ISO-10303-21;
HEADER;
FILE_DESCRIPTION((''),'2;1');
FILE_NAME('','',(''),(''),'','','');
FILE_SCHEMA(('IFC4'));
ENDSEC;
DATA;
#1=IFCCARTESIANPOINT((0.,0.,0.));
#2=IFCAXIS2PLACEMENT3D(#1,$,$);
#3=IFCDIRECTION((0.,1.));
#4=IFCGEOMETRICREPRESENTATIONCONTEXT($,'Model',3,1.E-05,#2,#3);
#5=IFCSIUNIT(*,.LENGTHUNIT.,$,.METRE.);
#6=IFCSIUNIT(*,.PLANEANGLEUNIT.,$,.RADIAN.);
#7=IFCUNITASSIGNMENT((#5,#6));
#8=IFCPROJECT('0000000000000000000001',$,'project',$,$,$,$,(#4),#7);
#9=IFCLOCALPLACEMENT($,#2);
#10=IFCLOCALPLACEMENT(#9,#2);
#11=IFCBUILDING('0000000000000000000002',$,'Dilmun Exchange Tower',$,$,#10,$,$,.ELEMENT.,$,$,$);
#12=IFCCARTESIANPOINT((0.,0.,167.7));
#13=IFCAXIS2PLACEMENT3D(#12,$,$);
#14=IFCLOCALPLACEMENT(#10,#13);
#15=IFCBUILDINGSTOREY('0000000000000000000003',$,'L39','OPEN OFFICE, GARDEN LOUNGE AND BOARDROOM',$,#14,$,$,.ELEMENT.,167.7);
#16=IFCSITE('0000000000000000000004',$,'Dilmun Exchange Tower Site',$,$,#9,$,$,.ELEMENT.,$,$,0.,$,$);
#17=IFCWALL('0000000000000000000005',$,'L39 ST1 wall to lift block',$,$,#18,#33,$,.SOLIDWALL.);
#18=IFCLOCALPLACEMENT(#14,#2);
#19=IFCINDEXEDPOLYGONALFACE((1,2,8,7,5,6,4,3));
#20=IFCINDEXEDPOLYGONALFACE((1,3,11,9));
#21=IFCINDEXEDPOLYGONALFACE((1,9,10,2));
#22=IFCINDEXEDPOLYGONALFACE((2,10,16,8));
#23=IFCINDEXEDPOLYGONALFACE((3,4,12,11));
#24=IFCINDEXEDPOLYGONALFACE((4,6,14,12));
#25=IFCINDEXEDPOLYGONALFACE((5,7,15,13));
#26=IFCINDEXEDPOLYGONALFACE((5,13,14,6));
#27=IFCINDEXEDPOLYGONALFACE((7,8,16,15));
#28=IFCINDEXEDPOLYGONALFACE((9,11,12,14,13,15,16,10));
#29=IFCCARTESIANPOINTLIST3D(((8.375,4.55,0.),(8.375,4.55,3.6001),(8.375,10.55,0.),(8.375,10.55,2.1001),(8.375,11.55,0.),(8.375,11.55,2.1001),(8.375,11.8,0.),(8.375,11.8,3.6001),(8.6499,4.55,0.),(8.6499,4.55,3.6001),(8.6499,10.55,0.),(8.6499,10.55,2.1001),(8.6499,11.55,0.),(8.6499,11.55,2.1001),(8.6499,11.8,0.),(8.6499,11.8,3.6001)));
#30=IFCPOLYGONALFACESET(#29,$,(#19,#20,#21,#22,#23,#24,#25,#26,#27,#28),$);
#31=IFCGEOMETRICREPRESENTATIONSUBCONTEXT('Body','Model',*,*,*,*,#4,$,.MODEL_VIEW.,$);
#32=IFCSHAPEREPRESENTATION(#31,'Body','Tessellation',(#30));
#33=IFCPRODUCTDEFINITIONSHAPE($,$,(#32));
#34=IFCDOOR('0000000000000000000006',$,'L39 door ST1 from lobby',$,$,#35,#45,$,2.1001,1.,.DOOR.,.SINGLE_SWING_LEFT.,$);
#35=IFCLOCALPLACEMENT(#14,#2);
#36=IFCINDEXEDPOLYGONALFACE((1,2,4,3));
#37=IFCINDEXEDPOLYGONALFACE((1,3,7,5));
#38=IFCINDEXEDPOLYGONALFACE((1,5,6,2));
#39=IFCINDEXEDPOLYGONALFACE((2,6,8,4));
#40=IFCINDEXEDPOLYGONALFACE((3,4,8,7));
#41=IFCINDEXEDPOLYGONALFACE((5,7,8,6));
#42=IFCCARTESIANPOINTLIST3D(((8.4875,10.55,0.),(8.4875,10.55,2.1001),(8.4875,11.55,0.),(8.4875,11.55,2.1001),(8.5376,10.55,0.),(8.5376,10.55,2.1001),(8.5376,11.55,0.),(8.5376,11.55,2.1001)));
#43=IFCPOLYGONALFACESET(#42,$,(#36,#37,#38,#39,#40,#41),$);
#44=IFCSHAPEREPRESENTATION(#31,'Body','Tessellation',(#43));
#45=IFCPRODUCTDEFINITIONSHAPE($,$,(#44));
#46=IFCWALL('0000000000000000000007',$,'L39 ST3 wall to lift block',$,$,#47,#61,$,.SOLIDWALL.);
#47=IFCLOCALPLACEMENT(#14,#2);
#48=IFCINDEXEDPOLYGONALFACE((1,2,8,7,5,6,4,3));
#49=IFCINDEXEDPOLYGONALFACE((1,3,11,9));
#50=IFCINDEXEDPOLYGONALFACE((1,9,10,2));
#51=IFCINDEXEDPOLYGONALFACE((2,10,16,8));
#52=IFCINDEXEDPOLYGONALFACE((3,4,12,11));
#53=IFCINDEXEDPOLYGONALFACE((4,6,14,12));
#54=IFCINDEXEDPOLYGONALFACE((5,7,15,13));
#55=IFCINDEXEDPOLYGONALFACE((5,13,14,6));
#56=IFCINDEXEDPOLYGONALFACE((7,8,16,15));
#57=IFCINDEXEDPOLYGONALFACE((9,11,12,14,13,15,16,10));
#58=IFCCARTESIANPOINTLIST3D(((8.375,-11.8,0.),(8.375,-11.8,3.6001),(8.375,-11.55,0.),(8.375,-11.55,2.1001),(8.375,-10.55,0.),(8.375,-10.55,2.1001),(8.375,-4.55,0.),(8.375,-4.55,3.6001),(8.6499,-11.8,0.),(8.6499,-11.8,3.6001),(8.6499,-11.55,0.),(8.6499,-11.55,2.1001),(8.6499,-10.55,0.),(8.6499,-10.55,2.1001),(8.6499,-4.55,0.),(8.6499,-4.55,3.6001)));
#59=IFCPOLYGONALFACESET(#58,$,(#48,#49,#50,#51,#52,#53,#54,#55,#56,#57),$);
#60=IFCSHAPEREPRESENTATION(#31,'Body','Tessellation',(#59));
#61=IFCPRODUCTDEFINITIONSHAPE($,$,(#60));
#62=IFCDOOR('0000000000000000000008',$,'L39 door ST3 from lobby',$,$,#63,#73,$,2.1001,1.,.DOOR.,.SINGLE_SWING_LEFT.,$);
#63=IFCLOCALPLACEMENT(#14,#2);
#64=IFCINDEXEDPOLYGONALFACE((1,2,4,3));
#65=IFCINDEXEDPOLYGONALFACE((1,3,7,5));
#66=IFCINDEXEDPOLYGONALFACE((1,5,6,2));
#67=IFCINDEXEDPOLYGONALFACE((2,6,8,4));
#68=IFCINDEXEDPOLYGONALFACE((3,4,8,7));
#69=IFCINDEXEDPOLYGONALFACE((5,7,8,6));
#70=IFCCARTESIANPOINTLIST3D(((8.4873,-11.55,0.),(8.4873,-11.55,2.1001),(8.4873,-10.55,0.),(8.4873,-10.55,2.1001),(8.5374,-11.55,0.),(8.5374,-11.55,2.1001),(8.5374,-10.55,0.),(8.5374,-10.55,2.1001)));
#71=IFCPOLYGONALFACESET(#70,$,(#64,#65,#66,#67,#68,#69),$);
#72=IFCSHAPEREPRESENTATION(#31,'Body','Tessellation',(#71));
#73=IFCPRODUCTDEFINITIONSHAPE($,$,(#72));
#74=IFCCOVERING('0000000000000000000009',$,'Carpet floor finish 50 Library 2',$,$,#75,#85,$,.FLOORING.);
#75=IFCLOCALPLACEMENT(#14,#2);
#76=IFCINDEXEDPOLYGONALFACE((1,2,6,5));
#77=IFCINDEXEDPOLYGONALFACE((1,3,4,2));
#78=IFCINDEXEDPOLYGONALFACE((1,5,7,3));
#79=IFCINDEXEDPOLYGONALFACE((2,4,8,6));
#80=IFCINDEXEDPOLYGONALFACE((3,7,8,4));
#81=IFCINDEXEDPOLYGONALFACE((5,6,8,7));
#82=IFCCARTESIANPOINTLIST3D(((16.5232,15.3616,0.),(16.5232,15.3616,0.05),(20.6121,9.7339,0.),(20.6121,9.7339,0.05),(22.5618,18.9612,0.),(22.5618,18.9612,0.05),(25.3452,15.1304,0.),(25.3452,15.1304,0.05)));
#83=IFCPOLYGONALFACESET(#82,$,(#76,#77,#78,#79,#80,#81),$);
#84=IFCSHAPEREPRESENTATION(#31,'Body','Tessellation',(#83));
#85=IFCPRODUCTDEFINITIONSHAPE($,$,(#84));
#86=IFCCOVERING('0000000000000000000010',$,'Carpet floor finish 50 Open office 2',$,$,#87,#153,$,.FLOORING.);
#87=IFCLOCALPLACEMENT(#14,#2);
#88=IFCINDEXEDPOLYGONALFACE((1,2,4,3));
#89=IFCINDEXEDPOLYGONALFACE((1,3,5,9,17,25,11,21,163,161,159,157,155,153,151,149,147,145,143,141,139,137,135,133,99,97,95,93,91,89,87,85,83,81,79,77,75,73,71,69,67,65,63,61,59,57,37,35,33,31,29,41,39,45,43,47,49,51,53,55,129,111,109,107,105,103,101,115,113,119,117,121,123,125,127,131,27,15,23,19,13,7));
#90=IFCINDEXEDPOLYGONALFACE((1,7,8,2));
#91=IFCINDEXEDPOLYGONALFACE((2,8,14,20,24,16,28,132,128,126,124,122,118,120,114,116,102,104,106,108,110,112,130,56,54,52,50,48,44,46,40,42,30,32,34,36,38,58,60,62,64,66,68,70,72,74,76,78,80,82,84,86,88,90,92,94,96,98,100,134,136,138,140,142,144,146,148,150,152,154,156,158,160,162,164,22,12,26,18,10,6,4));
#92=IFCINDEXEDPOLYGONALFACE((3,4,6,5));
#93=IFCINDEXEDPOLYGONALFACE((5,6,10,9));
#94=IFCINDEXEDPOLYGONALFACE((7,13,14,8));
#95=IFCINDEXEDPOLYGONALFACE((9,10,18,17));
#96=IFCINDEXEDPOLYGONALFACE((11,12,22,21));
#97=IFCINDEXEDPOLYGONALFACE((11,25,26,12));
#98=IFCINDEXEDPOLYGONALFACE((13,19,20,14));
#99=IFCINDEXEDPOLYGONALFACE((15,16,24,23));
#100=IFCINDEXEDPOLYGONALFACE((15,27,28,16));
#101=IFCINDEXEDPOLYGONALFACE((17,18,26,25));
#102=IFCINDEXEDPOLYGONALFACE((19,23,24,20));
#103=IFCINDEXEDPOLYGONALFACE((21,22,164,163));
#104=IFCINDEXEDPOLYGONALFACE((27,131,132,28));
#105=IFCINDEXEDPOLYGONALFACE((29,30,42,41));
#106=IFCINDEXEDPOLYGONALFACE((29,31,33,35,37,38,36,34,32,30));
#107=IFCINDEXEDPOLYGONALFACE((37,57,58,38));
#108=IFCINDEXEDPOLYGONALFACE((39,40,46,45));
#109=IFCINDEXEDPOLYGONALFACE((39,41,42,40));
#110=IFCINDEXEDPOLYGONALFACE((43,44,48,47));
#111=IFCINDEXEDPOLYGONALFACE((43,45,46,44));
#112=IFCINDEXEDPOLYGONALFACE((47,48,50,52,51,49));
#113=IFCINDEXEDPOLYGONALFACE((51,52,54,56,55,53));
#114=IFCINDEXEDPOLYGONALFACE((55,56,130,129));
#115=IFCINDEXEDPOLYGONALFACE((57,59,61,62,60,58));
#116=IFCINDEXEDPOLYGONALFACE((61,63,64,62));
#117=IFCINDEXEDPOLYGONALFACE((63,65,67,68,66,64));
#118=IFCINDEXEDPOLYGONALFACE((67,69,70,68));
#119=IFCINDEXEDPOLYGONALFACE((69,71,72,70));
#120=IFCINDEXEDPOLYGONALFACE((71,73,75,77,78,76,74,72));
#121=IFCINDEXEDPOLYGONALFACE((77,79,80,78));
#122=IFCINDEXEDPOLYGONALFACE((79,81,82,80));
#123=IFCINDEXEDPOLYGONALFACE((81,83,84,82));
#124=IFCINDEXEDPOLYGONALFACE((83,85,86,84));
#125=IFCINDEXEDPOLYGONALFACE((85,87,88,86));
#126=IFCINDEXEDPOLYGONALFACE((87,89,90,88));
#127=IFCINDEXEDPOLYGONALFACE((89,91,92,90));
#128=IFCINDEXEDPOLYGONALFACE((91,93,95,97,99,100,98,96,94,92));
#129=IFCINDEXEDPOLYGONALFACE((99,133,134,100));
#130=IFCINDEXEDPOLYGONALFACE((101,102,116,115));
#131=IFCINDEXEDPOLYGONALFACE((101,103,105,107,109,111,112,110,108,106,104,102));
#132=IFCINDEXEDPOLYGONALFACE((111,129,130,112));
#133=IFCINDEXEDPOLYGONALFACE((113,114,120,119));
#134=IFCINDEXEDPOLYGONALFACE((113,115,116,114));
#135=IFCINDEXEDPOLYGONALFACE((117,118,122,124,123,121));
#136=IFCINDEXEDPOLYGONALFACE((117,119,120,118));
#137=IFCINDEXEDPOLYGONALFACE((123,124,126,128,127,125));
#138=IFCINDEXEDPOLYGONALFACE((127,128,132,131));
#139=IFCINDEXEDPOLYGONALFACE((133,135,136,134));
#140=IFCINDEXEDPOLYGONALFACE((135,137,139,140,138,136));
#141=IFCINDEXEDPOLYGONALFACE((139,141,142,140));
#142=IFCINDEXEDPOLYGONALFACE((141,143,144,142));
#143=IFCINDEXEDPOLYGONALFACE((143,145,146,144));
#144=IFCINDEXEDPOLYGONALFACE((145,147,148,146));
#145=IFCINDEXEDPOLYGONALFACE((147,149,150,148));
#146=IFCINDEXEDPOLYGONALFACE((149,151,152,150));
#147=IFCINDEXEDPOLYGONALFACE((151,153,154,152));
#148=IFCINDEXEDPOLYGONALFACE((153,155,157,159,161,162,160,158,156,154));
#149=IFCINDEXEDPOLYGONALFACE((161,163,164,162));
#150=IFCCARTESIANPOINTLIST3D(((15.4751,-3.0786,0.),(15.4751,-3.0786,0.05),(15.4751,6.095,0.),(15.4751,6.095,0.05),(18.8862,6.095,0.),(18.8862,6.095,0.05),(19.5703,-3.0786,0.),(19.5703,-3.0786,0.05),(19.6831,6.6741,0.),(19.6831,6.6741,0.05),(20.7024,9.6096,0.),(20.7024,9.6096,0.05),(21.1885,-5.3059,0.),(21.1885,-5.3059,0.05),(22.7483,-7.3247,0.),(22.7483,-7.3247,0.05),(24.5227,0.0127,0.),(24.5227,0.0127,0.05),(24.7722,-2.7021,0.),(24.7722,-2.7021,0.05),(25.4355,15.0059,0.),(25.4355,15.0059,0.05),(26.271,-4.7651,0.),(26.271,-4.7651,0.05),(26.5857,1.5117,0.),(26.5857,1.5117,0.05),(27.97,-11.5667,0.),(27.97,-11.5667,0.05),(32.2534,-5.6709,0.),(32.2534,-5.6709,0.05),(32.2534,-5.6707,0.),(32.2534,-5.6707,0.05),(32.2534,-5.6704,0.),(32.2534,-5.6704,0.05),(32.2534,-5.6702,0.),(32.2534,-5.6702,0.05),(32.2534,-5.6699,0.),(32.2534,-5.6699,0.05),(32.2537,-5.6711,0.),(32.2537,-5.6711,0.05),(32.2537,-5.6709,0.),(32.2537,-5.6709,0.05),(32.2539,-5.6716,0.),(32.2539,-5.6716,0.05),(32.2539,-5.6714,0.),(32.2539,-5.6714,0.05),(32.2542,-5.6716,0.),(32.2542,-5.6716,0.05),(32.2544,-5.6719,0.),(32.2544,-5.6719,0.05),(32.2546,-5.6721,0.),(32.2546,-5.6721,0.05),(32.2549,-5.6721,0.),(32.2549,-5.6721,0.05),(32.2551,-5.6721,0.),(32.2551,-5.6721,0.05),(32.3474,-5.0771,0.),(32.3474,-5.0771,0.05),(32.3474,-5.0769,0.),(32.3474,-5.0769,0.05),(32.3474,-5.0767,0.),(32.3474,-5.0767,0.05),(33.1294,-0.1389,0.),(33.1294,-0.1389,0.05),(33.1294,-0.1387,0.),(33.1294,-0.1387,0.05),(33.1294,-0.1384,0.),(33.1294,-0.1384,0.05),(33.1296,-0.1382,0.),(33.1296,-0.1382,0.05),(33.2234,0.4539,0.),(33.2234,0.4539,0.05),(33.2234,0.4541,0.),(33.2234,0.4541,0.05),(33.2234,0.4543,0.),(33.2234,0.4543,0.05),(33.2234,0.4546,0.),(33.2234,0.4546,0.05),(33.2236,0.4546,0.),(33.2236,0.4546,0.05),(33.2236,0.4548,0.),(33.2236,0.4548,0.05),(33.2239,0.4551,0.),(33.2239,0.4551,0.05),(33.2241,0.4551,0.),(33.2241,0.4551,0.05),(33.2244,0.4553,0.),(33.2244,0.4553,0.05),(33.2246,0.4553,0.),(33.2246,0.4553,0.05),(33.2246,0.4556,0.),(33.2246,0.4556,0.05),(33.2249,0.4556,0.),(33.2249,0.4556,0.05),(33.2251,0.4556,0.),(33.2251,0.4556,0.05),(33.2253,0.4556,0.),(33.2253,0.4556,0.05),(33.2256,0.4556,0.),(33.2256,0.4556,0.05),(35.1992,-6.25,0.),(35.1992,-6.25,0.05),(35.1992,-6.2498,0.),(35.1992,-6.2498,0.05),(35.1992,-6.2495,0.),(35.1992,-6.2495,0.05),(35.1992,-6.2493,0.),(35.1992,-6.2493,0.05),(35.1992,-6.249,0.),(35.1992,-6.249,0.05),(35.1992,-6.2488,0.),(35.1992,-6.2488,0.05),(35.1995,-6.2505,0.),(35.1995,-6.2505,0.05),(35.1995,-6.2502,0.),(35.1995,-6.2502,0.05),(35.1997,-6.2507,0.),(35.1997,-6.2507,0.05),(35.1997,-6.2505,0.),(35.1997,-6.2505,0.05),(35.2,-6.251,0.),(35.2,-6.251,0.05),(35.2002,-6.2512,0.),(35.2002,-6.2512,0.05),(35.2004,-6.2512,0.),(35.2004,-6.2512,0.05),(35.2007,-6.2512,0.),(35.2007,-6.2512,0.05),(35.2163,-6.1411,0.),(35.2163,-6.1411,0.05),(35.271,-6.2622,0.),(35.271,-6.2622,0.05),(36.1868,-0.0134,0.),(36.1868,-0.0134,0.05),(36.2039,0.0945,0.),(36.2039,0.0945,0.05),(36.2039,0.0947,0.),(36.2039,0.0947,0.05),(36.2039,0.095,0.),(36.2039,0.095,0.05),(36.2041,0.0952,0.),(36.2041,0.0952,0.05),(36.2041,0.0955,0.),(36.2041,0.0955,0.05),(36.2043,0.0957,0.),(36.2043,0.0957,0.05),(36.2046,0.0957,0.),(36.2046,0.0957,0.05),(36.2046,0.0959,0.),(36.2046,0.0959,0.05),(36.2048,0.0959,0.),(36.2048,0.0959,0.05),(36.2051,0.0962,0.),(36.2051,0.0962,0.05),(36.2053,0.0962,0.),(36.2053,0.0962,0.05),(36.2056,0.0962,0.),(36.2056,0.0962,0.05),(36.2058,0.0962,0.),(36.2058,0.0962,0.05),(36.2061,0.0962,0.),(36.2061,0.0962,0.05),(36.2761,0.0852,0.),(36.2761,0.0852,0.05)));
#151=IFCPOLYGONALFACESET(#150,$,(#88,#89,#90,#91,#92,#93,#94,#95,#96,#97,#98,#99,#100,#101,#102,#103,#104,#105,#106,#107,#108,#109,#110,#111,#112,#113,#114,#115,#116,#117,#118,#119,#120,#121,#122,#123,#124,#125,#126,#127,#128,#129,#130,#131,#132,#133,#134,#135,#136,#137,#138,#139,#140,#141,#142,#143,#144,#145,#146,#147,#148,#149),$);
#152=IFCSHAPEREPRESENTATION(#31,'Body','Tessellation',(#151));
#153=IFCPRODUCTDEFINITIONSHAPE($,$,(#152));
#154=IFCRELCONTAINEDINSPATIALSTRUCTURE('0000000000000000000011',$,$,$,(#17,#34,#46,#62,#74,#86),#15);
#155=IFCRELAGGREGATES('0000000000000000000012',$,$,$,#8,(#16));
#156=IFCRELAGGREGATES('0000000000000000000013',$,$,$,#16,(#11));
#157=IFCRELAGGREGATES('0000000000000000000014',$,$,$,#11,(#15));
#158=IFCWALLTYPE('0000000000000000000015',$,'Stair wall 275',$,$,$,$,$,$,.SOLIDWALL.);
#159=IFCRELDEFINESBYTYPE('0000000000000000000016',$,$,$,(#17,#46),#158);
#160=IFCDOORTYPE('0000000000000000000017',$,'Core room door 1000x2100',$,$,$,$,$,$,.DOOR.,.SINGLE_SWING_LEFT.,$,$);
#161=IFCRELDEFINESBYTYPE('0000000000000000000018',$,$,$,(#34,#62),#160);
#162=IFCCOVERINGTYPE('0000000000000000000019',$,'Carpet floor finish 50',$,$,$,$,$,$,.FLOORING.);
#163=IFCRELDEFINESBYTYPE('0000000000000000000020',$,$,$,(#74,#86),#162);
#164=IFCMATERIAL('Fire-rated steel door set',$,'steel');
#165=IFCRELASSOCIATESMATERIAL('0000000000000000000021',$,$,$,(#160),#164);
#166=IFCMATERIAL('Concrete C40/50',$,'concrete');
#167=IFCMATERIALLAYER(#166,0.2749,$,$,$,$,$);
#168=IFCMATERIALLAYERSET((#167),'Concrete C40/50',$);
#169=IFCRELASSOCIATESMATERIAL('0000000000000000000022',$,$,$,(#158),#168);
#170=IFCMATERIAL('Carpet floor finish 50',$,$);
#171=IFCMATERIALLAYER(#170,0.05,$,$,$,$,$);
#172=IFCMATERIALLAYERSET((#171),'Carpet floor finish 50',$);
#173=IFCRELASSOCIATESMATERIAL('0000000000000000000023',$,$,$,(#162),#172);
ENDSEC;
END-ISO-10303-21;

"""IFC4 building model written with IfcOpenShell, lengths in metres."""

from ifc_helpers import new_model, si_unit, direction, frame, frame_2d, origin, place, context, subcontext, project, spatial, polyline, rectangle, outline, extrude, material, layer, layer_set, type_object, element, fill, save


model = new_model("IFC4")

# Units and contexts
model_context = context("Model", 3, precision=1e-05, world=origin(), true_north=direction((0.0, 1.0)))
body_context = subcontext(model_context, "Body", "Model", "MODEL_VIEW")
ifc_project = project(units=[si_unit("LENGTHUNIT", "METRE"), si_unit("PLANEANGLEUNIT", "RADIAN")], contexts=[model_context])

# Site, building, storey
site_placement = place(None, origin())
site = spatial("IfcSite", under=ifc_project, at=site_placement, Name="Dilmun Exchange Tower Site", CompositionType="ELEMENT", RefElevation=0.0)
building_placement = place(site_placement, origin())
building = spatial("IfcBuilding", under=site, at=building_placement, Name="Dilmun Exchange Tower", CompositionType="ELEMENT")
storey_placement = place(building_placement, frame((0.0, 0.0, 167.7)))
storey = spatial("IfcBuildingStorey", under=building, at=storey_placement, Name="L39", Description="OPEN OFFICE, GARDEN LOUNGE AND BOARDROOM", CompositionType="ELEMENT", Elevation=167.7)

# Shared definitions
ifc_material_1 = material(Name="Concrete C40/50", Category="concrete")
ifc_material_2 = material(Name="Fire-rated steel door set", Category="steel")

# Shared definitions
door_type_1 = type_object("IfcDoorType", Name="Core room door 1000x2100", OperationType="SINGLE_SWING_LEFT", PredefinedType="DOOR", material=ifc_material_2)

# Walls, openings, doors
ifc_layer_1 = layer(ifc_material_1, 0.2749)
ifc_layer_set_1 = layer_set([ifc_layer_1], Name="Concrete C40/50")
wall_type_1 = type_object("IfcWallType", Name="Stair wall 275", PredefinedType="SOLIDWALL", material=ifc_layer_set_1)
wall_1_placement = place(storey_placement, frame((8.5125, 4.55, 0.0), z_axis=(0.0, 0.0, 1.0), x_axis=(0.0, 1.0, 0.0)))
wall_1 = element("IfcWall", 1, at=wall_1_placement, inside=storey, type_object=wall_type_1, Name="L39 ST1 wall to lift block", PredefinedType="SOLIDWALL", context=body_context, shape_type="SweptSolid", body=[
    extrude(rectangle(XDim=7.25, YDim=0.2749, at=frame_2d((3.625, 0.0))), origin(), (0.0, 0.0, 1.0), 3.6001),
])
opening_1_placement = place(wall_1_placement, frame((6.0, 0.0, 0.0)))
opening_1 = element("IfcOpeningElement", 2, at=opening_1_placement, cuts=wall_1, PredefinedType="OPENING", context=body_context, shape_type="SweptSolid", body=[
    extrude(rectangle(XDim=1.0, YDim=2.1001, at=frame_2d((0.5, 1.05))), frame((0.0, 0.1475, 0.0), z_axis=(0.0, -1.0, 0.0), x_axis=(1.0, 0.0, 0.0)), (0.0, 0.0, 1.0), 0.2949),
])
door_1_placement = place(opening_1_placement, origin())
door_1 = element("IfcDoor", 3, at=door_1_placement, inside=storey, type_object=door_type_1, Name="L39 door ST1 from lobby", OperationType="SINGLE_SWING_LEFT", OverallHeight=2.1001, OverallWidth=1.0, PredefinedType="DOOR", context=body_context, shape_type="SweptSolid", body=[
    extrude(rectangle(XDim=1.0, YDim=2.1001, at=frame_2d((0.5, 1.05))), frame((0.0, 0.0249, 0.0), z_axis=(0.0, -1.0, 0.0), x_axis=(1.0, 0.0, 0.0)), (0.0, 0.0, 1.0), 0.05),
])
fill(opening_1, door_1)
wall_2_placement = place(storey_placement, frame((8.5125, -4.55, 0.0), z_axis=(0.0, 0.0, 1.0), x_axis=(0.0, -1.0, 0.0)))
wall_2 = element("IfcWall", 4, at=wall_2_placement, inside=storey, type_object=wall_type_1, Name="L39 ST3 wall to lift block", PredefinedType="SOLIDWALL", context=body_context, shape_type="SweptSolid", body=[
    extrude(rectangle(XDim=7.25, YDim=0.2749, at=frame_2d((3.625, 0.0))), origin(), (0.0, 0.0, 1.0), 3.6001),
])
opening_2_placement = place(wall_2_placement, frame((6.0, 0.0, 0.0)))
opening_2 = element("IfcOpeningElement", 5, at=opening_2_placement, cuts=wall_2, PredefinedType="OPENING", context=body_context, shape_type="SweptSolid", body=[
    extrude(rectangle(XDim=1.0, YDim=2.1001, at=frame_2d((0.5, 1.05))), frame((0.0, 0.1475, 0.0), z_axis=(0.0, -1.0, 0.0), x_axis=(1.0, 0.0, 0.0)), (0.0, 0.0, 1.0), 0.2949),
])
door_2_placement = place(opening_2_placement, origin())
door_2 = element("IfcDoor", 6, at=door_2_placement, inside=storey, type_object=door_type_1, Name="L39 door ST3 from lobby", OperationType="SINGLE_SWING_LEFT", OverallHeight=2.1001, OverallWidth=1.0, PredefinedType="DOOR", context=body_context, shape_type="SweptSolid", body=[
    extrude(rectangle(XDim=1.0, YDim=2.1001, at=frame_2d((0.5, 1.05))), frame((0.0, 0.0249, 0.0), z_axis=(0.0, -1.0, 0.0), x_axis=(1.0, 0.0, 0.0)), (0.0, 0.0, 1.0), 0.05),
])
fill(opening_2, door_2)

# Coverings
ifc_material_3 = material(Name="Carpet floor finish 50")
ifc_layer_2 = layer(ifc_material_3, 0.05)
ifc_layer_set_2 = layer_set([ifc_layer_2], Name="Carpet floor finish 50")
covering_type = type_object("IfcCoveringType", Name="Carpet floor finish 50", PredefinedType="FLOORING", material=ifc_layer_set_2)
covering_1_placement = place(storey_placement, origin())
element("IfcCovering", 7, at=covering_1_placement, inside=storey, type_object=covering_type, Name="Carpet floor finish 50 Library 2", PredefinedType="FLOORING", context=body_context, shape_type="SweptSolid", body=[
    extrude(outline(polyline([(22.5618, 18.9612), (25.3452, 15.1304), (20.6121, 9.7339), (16.5232, 15.3616), (22.5618, 18.9612)])), origin(), (0.0, 0.0, 1.0), 0.05),
])
covering_2_placement = place(storey_placement, origin())
element("IfcCovering", 8, at=covering_2_placement, inside=storey, type_object=covering_type, Name="Carpet floor finish 50 Open office 2", PredefinedType="FLOORING", context=body_context, shape_type="SweptSolid", body=[
    extrude(outline(polyline([(24.5227, 0.0127), (26.5857, 1.5117), (20.7024, 9.6096), (25.4355, 15.0059), (36.2761, 0.0852), (36.2061, 0.0962), (36.2058, 0.0962), (36.2058, 0.0962), (36.2056, 0.0962), (36.2053, 0.0962), (36.2051, 0.0962), (36.2051, 0.0962), (36.2048, 0.0959), (36.2046, 0.0959), (36.2046, 0.0957), (36.2043, 0.0957), (36.2041, 0.0955), (36.2041, 0.0952), (36.2041, 0.0952), (36.2039, 0.095), (36.2039, 0.0947), (36.2039, 0.0945), (36.1868, -0.0134), (33.2256, 0.4556), (33.2253, 0.4556), (33.2253, 0.4556), (33.2251, 0.4556), (33.2249, 0.4556), (33.2246, 0.4556), (33.2246, 0.4553), (33.2244, 0.4553), (33.2241, 0.4551), (33.2241, 0.4551), (33.2239, 0.4551), (33.2236, 0.4548), (33.2236, 0.4546), (33.2234, 0.4546), (33.2234, 0.4543), (33.2234, 0.4541), (33.2234, 0.4539), (33.1296, -0.1382), (33.1294, -0.1384), (33.1294, -0.1387), (33.1294, -0.1389), (32.3474, -5.0767), (32.3474, -5.0769), (32.3474, -5.0769), (32.3474, -5.0771), (32.2534, -5.6699), (32.2534, -5.6699), (32.2534, -5.6702), (32.2534, -5.6704), (32.2534, -5.6707), (32.2534, -5.6709), (32.2537, -5.6709), (32.2537, -5.6711), (32.2539, -5.6714), (32.2539, -5.6714), (32.2539, -5.6716), (32.2542, -5.6716), (32.2544, -5.6719), (32.2544, -5.6719), (32.2546, -5.6721), (32.2549, -5.6721), (32.2551, -5.6721), (35.2163, -6.1411), (35.1992, -6.2488), (35.1992, -6.249), (35.1992, -6.2493), (35.1992, -6.2495), (35.1992, -6.2498), (35.1992, -6.25), (35.1992, -6.25), (35.1995, -6.2502), (35.1995, -6.2505), (35.1997, -6.2505), (35.1997, -6.2507), (35.2, -6.251), (35.2, -6.251), (35.2002, -6.2512), (35.2004, -6.2512), (35.2007, -6.2512), (35.2007, -6.2512), (35.271, -6.2622), (27.97, -11.5667), (22.7483, -7.3247), (26.271, -4.7651), (24.7722, -2.7021), (21.1885, -5.3059), (19.5703, -3.0786), (15.4751, -3.0786), (15.4751, 6.095), (18.8862, 6.095), (19.6831, 6.6741), (24.5227, 0.0127)])), origin(), (0.0, 0.0, 1.0), 0.05),
])

save(model, "model.ifc")
